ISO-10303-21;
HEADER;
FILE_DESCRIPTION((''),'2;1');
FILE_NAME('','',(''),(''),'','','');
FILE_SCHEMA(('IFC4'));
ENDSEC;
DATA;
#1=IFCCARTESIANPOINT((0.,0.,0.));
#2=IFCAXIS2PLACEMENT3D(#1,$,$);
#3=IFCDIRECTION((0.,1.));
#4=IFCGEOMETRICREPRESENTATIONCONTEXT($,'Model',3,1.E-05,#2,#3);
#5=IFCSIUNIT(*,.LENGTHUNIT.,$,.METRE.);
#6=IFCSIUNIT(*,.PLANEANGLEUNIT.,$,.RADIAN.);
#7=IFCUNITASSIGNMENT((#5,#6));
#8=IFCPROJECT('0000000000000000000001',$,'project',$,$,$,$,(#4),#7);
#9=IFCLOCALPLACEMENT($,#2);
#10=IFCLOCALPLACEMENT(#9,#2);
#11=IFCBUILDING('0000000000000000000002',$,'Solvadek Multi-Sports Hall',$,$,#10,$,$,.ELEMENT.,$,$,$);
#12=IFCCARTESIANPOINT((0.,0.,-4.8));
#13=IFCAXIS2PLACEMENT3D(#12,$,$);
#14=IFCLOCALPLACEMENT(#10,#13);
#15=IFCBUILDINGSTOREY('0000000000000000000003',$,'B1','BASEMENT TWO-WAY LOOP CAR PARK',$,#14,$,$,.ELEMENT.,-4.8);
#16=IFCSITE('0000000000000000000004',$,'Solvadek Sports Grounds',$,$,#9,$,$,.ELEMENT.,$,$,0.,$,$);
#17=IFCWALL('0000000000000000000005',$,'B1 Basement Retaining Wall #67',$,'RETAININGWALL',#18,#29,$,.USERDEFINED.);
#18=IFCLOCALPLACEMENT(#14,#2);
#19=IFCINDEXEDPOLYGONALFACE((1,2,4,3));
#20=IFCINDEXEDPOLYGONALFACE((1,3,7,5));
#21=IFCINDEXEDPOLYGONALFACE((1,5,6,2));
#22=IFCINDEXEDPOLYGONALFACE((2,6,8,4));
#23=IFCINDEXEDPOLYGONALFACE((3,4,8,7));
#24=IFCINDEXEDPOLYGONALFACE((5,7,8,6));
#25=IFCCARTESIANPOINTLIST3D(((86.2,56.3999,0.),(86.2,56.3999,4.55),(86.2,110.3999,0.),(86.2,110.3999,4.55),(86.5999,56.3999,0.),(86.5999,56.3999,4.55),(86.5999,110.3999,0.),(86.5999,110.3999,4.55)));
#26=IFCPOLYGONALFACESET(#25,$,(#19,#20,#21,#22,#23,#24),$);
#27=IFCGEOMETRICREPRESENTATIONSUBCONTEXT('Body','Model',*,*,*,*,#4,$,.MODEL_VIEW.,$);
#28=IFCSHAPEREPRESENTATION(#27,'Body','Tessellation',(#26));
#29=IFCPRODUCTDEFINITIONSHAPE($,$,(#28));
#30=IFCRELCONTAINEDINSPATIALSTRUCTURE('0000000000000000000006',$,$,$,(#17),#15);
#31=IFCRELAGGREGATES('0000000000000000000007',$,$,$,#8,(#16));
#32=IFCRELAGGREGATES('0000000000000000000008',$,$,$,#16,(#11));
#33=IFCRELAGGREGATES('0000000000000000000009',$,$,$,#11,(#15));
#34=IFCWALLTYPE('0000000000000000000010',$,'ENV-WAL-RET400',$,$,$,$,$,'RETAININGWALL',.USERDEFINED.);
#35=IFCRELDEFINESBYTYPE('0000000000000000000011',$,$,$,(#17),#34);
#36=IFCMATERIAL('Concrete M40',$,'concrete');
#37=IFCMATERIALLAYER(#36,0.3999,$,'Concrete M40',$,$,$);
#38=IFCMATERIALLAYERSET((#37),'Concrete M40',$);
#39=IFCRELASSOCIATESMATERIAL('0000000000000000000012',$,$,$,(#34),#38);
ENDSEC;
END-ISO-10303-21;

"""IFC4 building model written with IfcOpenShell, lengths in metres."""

from ifc_helpers import new_model, si_unit, direction, frame, frame_2d, origin, place, context, subcontext, project, spatial, rectangle, extrude, material, layer, layer_set, type_object, element, save


model = new_model("IFC4")

# Units and contexts
model_context = context("Model", 3, precision=1e-05, world=origin(), true_north=direction((0.0, 1.0)))
body_context = subcontext(model_context, "Body", "Model", "MODEL_VIEW")
ifc_project = project(units=[si_unit("LENGTHUNIT", "METRE"), si_unit("PLANEANGLEUNIT", "RADIAN")], contexts=[model_context])

# Site, building, storey
site_placement = place(None, origin())
site = spatial("IfcSite", under=ifc_project, at=site_placement, Name="Solvadek Sports Grounds", CompositionType="ELEMENT", RefElevation=0.0)
building_placement = place(site_placement, origin())
building = spatial("IfcBuilding", under=site, at=building_placement, Name="Solvadek Multi-Sports Hall", CompositionType="ELEMENT")
storey_placement = place(building_placement, frame((0.0, 0.0, -4.8)))
storey = spatial("IfcBuildingStorey", under=building, at=storey_placement, Name="B1", Description="BASEMENT TWO-WAY LOOP CAR PARK", CompositionType="ELEMENT", Elevation=-4.8)

# Shared definitions
ifc_material_1 = material(Name="Concrete M40", Category="concrete")

# Wall
ifc_layer_1 = layer(ifc_material_1, 0.3999, Name="Concrete M40")
ifc_layer_set_1 = layer_set([ifc_layer_1], Name="Concrete M40")
wall_type = type_object("IfcWallType", Name="ENV-WAL-RET400", ElementType="RETAININGWALL", PredefinedType="USERDEFINED", material=ifc_layer_set_1)
wall_placement = place(storey_placement, frame((86.3999, 56.3999, 0.0), z_axis=(0.0, 0.0, 1.0), x_axis=(0.0, 1.0, 0.0)))
element("IfcWall", 1, at=wall_placement, inside=storey, type_object=wall_type, Name="B1 Basement Retaining Wall #67", ObjectType="RETAININGWALL", PredefinedType="USERDEFINED", context=body_context, shape_type="SweptSolid", body=[
    extrude(rectangle(XDim=54.0, YDim=0.3999, at=frame_2d((27.0, 0.0))), origin(), (0.0, 0.0, 1.0), 4.55),
])

save(model, "model.ifc")
